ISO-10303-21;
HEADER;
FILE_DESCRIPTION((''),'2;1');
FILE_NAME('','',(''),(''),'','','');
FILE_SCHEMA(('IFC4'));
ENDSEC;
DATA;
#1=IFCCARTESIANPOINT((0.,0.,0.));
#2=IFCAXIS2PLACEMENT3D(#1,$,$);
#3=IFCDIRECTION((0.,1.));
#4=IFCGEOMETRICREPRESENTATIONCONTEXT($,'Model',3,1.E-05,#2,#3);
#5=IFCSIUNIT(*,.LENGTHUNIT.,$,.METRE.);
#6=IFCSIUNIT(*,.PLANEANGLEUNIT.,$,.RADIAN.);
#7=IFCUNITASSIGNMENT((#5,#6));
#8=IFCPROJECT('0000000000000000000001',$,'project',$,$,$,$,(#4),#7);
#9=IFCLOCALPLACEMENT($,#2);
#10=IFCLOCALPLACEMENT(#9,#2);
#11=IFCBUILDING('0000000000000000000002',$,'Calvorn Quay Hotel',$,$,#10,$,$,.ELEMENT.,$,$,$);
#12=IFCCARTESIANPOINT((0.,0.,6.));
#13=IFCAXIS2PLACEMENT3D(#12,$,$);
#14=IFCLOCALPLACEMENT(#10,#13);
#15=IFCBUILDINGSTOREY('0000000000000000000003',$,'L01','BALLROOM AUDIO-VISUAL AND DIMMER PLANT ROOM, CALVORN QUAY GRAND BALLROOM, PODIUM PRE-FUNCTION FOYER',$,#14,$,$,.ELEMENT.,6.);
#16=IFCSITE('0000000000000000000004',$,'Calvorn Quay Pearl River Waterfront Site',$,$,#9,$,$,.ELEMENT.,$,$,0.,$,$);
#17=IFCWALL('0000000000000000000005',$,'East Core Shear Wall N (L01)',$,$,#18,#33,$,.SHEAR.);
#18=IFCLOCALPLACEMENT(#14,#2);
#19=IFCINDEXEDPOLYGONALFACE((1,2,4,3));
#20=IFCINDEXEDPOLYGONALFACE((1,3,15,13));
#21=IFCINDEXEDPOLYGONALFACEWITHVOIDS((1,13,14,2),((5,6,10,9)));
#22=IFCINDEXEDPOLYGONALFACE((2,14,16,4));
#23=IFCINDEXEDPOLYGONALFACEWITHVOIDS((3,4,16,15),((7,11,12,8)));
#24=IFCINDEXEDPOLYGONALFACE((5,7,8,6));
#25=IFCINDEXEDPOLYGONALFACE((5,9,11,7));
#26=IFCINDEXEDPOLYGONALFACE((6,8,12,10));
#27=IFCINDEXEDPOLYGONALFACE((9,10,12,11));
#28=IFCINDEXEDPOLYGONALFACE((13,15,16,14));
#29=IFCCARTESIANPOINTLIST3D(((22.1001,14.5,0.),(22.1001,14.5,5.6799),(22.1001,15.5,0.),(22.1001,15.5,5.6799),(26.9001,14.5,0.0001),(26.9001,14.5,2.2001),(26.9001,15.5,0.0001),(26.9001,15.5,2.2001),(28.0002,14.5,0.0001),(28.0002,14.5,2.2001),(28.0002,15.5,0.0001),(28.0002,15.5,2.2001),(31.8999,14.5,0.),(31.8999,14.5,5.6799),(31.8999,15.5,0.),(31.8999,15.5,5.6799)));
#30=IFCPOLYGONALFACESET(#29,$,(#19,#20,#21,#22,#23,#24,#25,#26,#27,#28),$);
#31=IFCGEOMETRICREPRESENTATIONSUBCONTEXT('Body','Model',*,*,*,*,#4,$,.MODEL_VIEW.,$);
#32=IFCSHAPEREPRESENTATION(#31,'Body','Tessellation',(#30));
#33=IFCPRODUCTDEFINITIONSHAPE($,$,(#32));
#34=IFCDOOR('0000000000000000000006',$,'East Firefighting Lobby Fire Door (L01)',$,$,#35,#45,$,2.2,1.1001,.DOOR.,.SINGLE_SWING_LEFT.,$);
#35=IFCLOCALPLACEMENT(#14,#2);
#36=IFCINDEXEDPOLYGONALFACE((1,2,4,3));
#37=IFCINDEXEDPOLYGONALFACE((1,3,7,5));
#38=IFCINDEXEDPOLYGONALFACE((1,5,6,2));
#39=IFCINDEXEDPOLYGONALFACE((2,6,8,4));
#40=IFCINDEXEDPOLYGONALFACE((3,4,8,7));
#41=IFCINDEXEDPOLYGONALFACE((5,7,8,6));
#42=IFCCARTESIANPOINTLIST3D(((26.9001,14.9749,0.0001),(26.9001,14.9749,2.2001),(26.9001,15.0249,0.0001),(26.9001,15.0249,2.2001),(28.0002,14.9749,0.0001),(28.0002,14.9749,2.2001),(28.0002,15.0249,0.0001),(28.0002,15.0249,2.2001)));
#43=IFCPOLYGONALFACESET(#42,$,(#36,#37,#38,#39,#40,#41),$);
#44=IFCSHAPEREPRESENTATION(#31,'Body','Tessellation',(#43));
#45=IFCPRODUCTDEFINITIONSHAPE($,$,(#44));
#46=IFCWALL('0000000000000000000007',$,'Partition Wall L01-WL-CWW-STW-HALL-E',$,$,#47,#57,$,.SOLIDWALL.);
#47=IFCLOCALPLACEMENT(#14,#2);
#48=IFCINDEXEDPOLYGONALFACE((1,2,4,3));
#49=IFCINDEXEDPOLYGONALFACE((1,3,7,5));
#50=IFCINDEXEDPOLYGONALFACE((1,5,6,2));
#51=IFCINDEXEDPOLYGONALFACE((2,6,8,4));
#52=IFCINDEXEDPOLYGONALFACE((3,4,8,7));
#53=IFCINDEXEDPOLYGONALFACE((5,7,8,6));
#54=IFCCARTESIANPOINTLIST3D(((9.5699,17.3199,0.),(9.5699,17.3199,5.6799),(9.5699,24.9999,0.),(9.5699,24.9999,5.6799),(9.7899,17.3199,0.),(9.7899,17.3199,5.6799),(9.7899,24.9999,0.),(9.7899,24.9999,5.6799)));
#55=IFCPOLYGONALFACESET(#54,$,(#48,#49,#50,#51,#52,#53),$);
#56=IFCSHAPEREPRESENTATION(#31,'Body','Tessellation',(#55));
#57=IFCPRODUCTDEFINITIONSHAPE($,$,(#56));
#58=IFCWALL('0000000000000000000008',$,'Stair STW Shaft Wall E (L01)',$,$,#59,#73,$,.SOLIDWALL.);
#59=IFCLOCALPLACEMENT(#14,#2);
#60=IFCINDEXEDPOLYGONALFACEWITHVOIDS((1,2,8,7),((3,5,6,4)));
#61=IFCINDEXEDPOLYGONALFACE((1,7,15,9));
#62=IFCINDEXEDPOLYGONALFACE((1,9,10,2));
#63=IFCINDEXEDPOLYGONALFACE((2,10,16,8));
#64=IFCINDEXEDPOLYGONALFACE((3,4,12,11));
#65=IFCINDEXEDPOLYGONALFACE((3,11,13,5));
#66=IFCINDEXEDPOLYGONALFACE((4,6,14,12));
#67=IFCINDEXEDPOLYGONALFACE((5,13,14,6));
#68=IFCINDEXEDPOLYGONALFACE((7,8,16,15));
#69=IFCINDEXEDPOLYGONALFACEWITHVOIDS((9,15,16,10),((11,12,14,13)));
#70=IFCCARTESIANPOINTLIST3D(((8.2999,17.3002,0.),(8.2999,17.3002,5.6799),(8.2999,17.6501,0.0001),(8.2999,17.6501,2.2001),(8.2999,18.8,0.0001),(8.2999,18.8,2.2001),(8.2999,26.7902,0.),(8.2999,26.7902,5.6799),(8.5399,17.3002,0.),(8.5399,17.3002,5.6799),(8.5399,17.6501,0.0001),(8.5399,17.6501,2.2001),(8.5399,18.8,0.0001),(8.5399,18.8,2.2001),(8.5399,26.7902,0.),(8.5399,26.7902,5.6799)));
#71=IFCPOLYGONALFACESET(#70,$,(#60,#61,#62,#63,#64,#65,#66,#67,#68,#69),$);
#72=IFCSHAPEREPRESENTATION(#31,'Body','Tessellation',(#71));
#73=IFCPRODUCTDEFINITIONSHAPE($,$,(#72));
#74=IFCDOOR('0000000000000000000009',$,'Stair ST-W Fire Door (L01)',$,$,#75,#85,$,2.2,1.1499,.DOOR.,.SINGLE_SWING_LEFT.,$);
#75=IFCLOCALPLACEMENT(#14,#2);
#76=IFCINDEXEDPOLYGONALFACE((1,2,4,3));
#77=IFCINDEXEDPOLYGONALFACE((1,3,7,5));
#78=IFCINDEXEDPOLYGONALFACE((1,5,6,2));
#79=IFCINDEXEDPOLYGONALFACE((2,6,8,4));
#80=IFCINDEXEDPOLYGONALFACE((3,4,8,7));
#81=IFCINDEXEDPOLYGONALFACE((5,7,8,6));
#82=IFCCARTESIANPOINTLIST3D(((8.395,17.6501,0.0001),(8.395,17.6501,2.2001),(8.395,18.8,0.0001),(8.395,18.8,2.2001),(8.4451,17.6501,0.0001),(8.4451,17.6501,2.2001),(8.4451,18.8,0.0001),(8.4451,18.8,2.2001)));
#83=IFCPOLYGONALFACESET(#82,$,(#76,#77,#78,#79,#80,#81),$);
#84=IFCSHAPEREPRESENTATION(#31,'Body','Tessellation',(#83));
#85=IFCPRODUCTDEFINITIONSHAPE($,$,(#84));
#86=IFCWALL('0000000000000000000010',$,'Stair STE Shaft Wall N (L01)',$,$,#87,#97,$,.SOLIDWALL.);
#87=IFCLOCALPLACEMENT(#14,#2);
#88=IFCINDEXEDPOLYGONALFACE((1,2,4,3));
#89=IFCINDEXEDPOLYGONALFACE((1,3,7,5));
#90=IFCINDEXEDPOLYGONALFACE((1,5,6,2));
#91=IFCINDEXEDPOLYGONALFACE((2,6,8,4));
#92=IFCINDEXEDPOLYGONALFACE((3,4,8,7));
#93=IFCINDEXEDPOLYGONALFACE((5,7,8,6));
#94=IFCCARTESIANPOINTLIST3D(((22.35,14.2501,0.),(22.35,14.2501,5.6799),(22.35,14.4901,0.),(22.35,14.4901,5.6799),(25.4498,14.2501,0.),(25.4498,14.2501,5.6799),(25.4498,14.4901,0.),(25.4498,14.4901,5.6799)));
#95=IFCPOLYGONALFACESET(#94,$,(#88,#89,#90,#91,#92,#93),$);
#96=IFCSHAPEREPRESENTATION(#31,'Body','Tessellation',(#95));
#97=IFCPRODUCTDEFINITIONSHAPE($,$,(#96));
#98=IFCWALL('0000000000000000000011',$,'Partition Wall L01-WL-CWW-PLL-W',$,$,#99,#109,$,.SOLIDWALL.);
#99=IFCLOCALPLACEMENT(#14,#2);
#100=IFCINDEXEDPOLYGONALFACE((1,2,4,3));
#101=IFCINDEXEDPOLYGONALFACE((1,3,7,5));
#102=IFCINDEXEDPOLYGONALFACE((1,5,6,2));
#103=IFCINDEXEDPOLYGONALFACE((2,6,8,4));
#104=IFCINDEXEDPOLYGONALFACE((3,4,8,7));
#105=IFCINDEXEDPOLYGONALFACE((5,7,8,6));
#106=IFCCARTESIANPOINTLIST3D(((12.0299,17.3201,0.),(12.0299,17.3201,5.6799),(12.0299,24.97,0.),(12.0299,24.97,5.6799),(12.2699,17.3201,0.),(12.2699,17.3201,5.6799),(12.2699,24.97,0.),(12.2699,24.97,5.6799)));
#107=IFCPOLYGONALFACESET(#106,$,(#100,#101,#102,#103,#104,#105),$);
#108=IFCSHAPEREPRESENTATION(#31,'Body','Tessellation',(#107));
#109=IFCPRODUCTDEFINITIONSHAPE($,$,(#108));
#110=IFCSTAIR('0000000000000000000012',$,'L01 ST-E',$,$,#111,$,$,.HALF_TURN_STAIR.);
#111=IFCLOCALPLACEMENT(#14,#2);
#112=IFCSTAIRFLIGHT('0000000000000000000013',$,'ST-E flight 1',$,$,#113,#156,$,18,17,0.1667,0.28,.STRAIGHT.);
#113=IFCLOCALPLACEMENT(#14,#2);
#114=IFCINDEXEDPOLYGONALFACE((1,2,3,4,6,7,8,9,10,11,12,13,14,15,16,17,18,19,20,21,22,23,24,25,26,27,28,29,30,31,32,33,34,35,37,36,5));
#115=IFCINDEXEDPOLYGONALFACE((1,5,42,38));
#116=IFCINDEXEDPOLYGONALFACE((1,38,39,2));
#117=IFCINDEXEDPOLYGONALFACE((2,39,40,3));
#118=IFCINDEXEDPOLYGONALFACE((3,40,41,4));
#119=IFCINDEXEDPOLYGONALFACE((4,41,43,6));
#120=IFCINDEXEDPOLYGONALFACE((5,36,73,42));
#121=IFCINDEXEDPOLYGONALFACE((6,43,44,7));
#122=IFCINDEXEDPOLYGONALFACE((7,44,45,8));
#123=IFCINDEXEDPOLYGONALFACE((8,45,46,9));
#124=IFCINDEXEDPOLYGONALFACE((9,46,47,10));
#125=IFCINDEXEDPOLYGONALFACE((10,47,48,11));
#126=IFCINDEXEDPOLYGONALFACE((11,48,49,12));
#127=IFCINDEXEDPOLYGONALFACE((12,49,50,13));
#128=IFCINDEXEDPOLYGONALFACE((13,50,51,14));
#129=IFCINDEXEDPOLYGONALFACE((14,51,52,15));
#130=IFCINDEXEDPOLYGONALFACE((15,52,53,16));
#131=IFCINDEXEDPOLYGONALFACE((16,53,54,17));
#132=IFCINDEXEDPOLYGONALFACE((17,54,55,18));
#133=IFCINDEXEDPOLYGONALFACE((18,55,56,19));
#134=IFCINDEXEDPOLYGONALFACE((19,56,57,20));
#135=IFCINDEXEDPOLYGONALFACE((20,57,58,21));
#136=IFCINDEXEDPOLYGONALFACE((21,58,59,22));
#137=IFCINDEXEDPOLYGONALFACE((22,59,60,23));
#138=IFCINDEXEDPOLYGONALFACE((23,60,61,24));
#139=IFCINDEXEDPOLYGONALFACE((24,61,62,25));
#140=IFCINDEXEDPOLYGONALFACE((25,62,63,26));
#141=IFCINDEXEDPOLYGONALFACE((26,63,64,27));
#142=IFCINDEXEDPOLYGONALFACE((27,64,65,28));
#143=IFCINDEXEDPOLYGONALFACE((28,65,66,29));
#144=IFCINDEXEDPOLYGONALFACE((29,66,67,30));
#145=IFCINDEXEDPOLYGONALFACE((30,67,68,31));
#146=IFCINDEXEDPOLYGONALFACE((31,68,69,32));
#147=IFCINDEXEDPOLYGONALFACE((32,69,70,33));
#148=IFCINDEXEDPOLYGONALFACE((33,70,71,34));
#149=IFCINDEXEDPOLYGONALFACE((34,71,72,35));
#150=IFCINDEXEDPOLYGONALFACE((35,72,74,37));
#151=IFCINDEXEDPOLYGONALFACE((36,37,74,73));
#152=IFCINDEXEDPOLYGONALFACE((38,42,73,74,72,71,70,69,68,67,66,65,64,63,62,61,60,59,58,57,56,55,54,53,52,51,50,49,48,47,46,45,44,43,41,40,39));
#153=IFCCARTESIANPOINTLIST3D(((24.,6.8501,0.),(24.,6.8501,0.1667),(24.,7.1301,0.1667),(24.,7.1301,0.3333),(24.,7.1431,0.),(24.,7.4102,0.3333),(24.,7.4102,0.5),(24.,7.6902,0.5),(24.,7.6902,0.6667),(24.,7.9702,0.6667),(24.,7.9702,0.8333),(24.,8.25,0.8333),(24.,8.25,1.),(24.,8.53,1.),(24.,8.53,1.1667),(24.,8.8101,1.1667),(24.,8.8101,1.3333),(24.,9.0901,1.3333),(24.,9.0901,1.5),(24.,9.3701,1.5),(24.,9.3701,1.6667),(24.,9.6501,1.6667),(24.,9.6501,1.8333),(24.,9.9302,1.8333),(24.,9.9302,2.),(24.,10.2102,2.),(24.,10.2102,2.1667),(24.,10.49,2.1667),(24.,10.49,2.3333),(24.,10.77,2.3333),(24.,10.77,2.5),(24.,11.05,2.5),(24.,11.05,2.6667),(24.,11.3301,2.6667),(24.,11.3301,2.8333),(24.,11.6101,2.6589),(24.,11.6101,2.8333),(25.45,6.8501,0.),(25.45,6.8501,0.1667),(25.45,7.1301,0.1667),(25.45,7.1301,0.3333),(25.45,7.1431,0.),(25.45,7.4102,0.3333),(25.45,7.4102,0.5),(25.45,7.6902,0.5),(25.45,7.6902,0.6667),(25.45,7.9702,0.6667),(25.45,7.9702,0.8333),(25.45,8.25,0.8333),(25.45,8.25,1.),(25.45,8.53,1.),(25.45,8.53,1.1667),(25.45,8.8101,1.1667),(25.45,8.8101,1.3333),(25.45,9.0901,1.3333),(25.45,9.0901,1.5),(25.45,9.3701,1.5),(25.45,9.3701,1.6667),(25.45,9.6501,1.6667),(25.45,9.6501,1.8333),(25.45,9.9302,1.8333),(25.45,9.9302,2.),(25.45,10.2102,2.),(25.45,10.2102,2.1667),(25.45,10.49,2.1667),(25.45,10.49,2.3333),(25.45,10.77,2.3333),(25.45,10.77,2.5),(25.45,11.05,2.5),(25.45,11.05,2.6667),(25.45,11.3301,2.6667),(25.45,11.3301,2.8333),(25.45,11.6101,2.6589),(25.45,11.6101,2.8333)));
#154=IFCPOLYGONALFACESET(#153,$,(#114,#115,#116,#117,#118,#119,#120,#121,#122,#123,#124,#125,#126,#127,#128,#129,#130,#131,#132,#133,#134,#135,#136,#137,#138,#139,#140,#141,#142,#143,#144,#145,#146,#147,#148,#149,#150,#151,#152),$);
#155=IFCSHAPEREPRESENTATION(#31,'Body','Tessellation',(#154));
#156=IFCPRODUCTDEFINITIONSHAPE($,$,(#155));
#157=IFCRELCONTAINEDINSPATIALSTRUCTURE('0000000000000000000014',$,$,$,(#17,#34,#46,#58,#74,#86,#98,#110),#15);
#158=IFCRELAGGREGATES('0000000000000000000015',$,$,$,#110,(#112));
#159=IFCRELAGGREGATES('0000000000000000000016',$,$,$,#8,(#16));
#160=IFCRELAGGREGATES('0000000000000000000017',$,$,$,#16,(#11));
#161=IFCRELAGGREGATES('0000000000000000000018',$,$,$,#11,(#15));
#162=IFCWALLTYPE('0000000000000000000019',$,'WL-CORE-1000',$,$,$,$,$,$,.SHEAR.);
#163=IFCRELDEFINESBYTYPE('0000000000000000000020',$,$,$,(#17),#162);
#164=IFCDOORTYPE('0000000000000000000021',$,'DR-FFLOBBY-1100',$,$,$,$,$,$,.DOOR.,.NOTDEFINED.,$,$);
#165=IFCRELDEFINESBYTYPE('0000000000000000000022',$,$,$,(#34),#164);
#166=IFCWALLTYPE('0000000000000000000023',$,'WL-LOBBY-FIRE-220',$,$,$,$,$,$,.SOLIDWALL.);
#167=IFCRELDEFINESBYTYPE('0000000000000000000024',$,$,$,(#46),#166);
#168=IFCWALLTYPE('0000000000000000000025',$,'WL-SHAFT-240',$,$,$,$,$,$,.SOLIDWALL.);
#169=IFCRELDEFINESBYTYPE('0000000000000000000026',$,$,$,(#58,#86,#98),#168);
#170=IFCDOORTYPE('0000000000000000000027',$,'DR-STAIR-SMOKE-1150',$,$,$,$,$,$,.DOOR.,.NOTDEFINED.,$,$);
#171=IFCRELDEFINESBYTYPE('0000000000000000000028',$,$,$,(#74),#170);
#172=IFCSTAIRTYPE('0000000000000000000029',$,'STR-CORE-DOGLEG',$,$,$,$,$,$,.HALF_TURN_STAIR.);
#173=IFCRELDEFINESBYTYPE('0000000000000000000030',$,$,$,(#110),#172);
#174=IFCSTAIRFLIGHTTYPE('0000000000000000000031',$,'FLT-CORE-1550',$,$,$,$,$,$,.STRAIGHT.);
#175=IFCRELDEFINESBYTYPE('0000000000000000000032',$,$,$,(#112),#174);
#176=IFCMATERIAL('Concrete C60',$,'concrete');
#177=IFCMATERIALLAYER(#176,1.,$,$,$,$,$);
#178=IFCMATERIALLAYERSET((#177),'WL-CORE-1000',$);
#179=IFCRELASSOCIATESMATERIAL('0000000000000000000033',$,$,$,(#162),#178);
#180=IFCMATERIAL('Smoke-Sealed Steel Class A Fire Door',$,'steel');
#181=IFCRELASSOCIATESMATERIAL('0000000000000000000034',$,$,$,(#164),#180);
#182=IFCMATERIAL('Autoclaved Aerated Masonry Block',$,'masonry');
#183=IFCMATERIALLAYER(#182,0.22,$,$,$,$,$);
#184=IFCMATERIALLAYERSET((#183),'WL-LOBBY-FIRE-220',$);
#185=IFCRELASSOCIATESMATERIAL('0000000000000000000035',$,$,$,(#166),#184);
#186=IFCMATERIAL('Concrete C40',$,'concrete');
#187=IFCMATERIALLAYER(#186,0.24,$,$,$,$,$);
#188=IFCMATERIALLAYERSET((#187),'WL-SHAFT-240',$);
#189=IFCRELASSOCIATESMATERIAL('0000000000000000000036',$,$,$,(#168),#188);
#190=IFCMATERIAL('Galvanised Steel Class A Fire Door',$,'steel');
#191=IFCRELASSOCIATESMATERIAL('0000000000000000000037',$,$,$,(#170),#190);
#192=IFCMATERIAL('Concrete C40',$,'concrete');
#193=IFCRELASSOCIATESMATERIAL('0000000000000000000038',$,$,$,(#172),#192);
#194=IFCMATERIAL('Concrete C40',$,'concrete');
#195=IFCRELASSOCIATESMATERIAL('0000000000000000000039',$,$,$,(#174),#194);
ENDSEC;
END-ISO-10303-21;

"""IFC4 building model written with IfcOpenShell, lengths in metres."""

from ifc_helpers import new_model, si_unit, direction, frame, frame_2d, origin, place, context, subcontext, project, spatial, polyline, rectangle, outline, extrude, material, layer, layer_set, type_object, element, fill, aggregate, save


model = new_model("IFC4")

# Units and contexts
model_context = context("Model", 3, precision=1e-05, world=origin(), true_north=direction((0.0, 1.0)))
body_context = subcontext(model_context, "Body", "Model", "MODEL_VIEW")
ifc_project = project(units=[si_unit("LENGTHUNIT", "METRE"), si_unit("PLANEANGLEUNIT", "RADIAN")], contexts=[model_context])

# Site, building, storey
site_placement = place(None, origin())
site = spatial("IfcSite", under=ifc_project, at=site_placement, Name="Calvorn Quay Pearl River Waterfront Site", CompositionType="ELEMENT", RefElevation=0.0)
building_placement = place(site_placement, origin())
building = spatial("IfcBuilding", under=site, at=building_placement, Name="Calvorn Quay Hotel", CompositionType="ELEMENT")
storey_placement = place(building_placement, frame((0.0, 0.0, 6.0)))
storey = spatial("IfcBuildingStorey", under=building, at=storey_placement, Name="L01", Description="BALLROOM AUDIO-VISUAL AND DIMMER PLANT ROOM, CALVORN QUAY GRAND BALLROOM, PODIUM PRE-FUNCTION FOYER", CompositionType="ELEMENT", Elevation=6.0)

# Shared definitions
ifc_material_1 = material(Name="Concrete C60", Category="concrete")
ifc_layer_1 = layer(ifc_material_1, 1.0)
ifc_layer_set_1 = layer_set([ifc_layer_1], Name="WL-CORE-1000")
wall_type_1 = type_object("IfcWallType", Name="WL-CORE-1000", PredefinedType="SHEAR", material=ifc_layer_set_1)
ifc_material_2 = material(Name="Smoke-Sealed Steel Class A Fire Door", Category="steel")
door_type_1 = type_object("IfcDoorType", Name="DR-FFLOBBY-1100", OperationType="NOTDEFINED", PredefinedType="DOOR", material=ifc_material_2)

# Wall, opening, door
wall_1_placement = place(storey_placement, frame((22.1001, 15.0, 0.0), z_axis=(0.0, 0.0, 1.0), x_axis=(1.0, 0.0, 0.0)))
wall_1 = element("IfcWall", 1, at=wall_1_placement, inside=storey, type_object=wall_type_1, Name="East Core Shear Wall N (L01)", PredefinedType="SHEAR", context=body_context, shape_type="SweptSolid", body=[
    extrude(rectangle(XDim=9.7998, YDim=1.0, at=frame_2d((4.8999, 0.0))), origin(), (0.0, 0.0, 1.0), 5.6799),
])
opening_1_placement = place(wall_1_placement, frame((4.8, 0.0, 0.0)))
opening_1 = element("IfcOpeningElement", 2, at=opening_1_placement, cuts=wall_1, PredefinedType="OPENING", context=body_context, shape_type="SweptSolid", body=[
    extrude(rectangle(XDim=1.1001, YDim=2.2, at=frame_2d((0.55, 1.1001))), frame((0.0, 0.51, 0.0), z_axis=(0.0, -1.0, 0.0), x_axis=(1.0, 0.0, 0.0)), (0.0, 0.0, 1.0), 1.02),
])
door_1_placement = place(opening_1_placement, origin())
door_1 = element("IfcDoor", 3, at=door_1_placement, inside=storey, type_object=door_type_1, Name="East Firefighting Lobby Fire Door (L01)", OperationType="SINGLE_SWING_LEFT", OverallHeight=2.2, OverallWidth=1.1001, PredefinedType="DOOR", context=body_context, shape_type="SweptSolid", body=[
    extrude(rectangle(XDim=1.1001, YDim=2.2, at=frame_2d((0.55, 1.1001))), frame((0.0, 0.0249, 0.0), z_axis=(0.0, -1.0, 0.0), x_axis=(1.0, 0.0, 0.0)), (0.0, 0.0, 1.0), 0.05),
])
fill(opening_1, door_1)

# Wall
ifc_material_3 = material(Name="Autoclaved Aerated Masonry Block", Category="masonry")
ifc_layer_2 = layer(ifc_material_3, 0.22)
ifc_layer_set_2 = layer_set([ifc_layer_2], Name="WL-LOBBY-FIRE-220")
wall_type_2 = type_object("IfcWallType", Name="WL-LOBBY-FIRE-220", PredefinedType="SOLIDWALL", material=ifc_layer_set_2)
wall_2_placement = place(storey_placement, frame((9.6799, 17.3201, 0.0), z_axis=(0.0, 0.0, 1.0), x_axis=(0.0, 1.0, 0.0)))
element("IfcWall", 4, at=wall_2_placement, inside=storey, type_object=wall_type_2, Name="Partition Wall L01-WL-CWW-STW-HALL-E", PredefinedType="SOLIDWALL", context=body_context, shape_type="SweptSolid", body=[
    extrude(rectangle(XDim=7.6799, YDim=0.22, at=frame_2d((3.8398, 0.0))), origin(), (0.0, 0.0, 1.0), 5.6799),
])

# Wall, opening, door
ifc_material_4 = material(Name="Concrete C40", Category="concrete")
ifc_layer_3 = layer(ifc_material_4, 0.24)
ifc_layer_set_3 = layer_set([ifc_layer_3], Name="WL-SHAFT-240")
wall_type_3 = type_object("IfcWallType", Name="WL-SHAFT-240", PredefinedType="SOLIDWALL", material=ifc_layer_set_3)
wall_3_placement = place(storey_placement, frame((8.4199, 17.3, 0.0), z_axis=(0.0, 0.0, 1.0), x_axis=(0.0, 1.0, 0.0)))
wall_3 = element("IfcWall", 5, at=wall_3_placement, inside=storey, type_object=wall_type_3, Name="Stair STW Shaft Wall E (L01)", PredefinedType="SOLIDWALL", context=body_context, shape_type="SweptSolid", body=[
    extrude(rectangle(XDim=9.49, YDim=0.24, at=frame_2d((4.7451, 0.0))), origin(), (0.0, 0.0, 1.0), 5.6799),
])
opening_2_placement = place(wall_3_placement, frame((0.3501, 0.0, 0.0)))
opening_2 = element("IfcOpeningElement", 6, at=opening_2_placement, cuts=wall_3, PredefinedType="OPENING", context=body_context, shape_type="SweptSolid", body=[
    extrude(rectangle(XDim=1.1499, YDim=2.2, at=frame_2d((0.575, 1.1001))), frame((0.0, 0.1299, 0.0), z_axis=(0.0, -1.0, 0.0), x_axis=(1.0, 0.0, 0.0)), (0.0, 0.0, 1.0), 0.26),
])
ifc_material_5 = material(Name="Galvanised Steel Class A Fire Door", Category="steel")
door_type_2 = type_object("IfcDoorType", Name="DR-STAIR-SMOKE-1150", OperationType="NOTDEFINED", PredefinedType="DOOR", material=ifc_material_5)
door_2_placement = place(opening_2_placement, origin())
door_2 = element("IfcDoor", 7, at=door_2_placement, inside=storey, type_object=door_type_2, Name="Stair ST-W Fire Door (L01)", OperationType="SINGLE_SWING_LEFT", OverallHeight=2.2, OverallWidth=1.1499, PredefinedType="DOOR", context=body_context, shape_type="SweptSolid", body=[
    extrude(rectangle(XDim=1.1499, YDim=2.2, at=frame_2d((0.575, 1.1001))), frame((0.0, 0.0249, 0.0), z_axis=(0.0, -1.0, 0.0), x_axis=(1.0, 0.0, 0.0)), (0.0, 0.0, 1.0), 0.05),
])
fill(opening_2, door_2)

# Walls
wall_4_placement = place(storey_placement, frame((22.3501, 14.3701, 0.0), z_axis=(0.0, 0.0, 1.0), x_axis=(1.0, 0.0, 0.0)))
element("IfcWall", 8, at=wall_4_placement, inside=storey, type_object=wall_type_3, Name="Stair STE Shaft Wall N (L01)", PredefinedType="SOLIDWALL", context=body_context, shape_type="SweptSolid", body=[
    extrude(rectangle(XDim=3.0999, YDim=0.24, at=frame_2d((1.5498, 0.0))), origin(), (0.0, 0.0, 1.0), 5.6799),
])
wall_5_placement = place(storey_placement, frame((12.1499, 17.3201, 0.0), z_axis=(0.0, 0.0, 1.0), x_axis=(0.0, 1.0, 0.0)))
element("IfcWall", 9, at=wall_5_placement, inside=storey, type_object=wall_type_3, Name="Partition Wall L01-WL-CWW-PLL-W", PredefinedType="SOLIDWALL", context=body_context, shape_type="SweptSolid", body=[
    extrude(rectangle(XDim=7.6499, YDim=0.24, at=frame_2d((3.825, 0.0))), origin(), (0.0, 0.0, 1.0), 5.6799),
])

# Stair, stair flight
ifc_material_6 = material(Name="Concrete C40", Category="concrete")
stair_type_1 = type_object("IfcStairType", Name="STR-CORE-DOGLEG", PredefinedType="HALF_TURN_STAIR", material=ifc_material_6)
stair_1_placement = place(storey_placement, origin())
stair_1 = element("IfcStair", 10, at=stair_1_placement, inside=storey, type_object=stair_type_1, Name="L01 ST-E", PredefinedType="HALF_TURN_STAIR")
ifc_material_7 = material(Name="Concrete C40", Category="concrete")
stair_flight_type_1 = type_object("IfcStairFlightType", Name="FLT-CORE-1550", PredefinedType="STRAIGHT", material=ifc_material_7)
stair_flight_1_placement = place(storey_placement, frame((24.7251, 6.8501, 0.0), z_axis=(0.0, 0.0, 1.0), x_axis=(0.0, 1.0, 0.0)))
stair_flight_1 = element("IfcStairFlight", 11, at=stair_flight_1_placement, type_object=stair_flight_type_1, Name="ST-E flight 1", NumberOfRisers=18, NumberOfTreads=17, PredefinedType="STRAIGHT", RiserHeight=0.1667, TreadLength=0.28, context=body_context, shape_type="SweptSolid", body=[
    extrude(outline(polyline([(0.0, 0.0), (0.0, 0.1667), (0.28, 0.1667), (0.28, 0.3333), (0.5601, 0.3333), (0.5601, 0.5), (0.8401, 0.5), (0.8401, 0.6667), (1.1201, 0.6667), (1.1201, 0.8333), (1.3999, 0.8333), (1.3999, 1.0), (1.6799, 1.0), (1.6799, 1.1667), (1.96, 1.1667), (1.96, 1.3333), (2.24, 1.3333), (2.24, 1.5), (2.52, 1.5), (2.52, 1.6667), (2.8, 1.6667), (2.8, 1.8333), (3.0801, 1.8333), (3.0801, 2.0), (3.3601, 2.0), (3.3601, 2.1667), (3.6399, 2.1667), (3.6399, 2.3333), (3.9199, 2.3333), (3.9199, 2.5), (4.2, 2.5), (4.2, 2.6667), (4.48, 2.6667), (4.48, 2.8333), (4.76, 2.8333), (4.76, 3.0), (4.76, 2.6589), (0.293, 0.0), (0.0, 0.0)])), frame((0.0, 0.7251, 0.0), z_axis=(0.0, -1.0, 0.0), x_axis=(1.0, 0.0, 0.0)), (0.0, 0.0, 1.0), 1.45),
])
aggregate(stair_1, [stair_flight_1])

save(model, "model.ifc")
